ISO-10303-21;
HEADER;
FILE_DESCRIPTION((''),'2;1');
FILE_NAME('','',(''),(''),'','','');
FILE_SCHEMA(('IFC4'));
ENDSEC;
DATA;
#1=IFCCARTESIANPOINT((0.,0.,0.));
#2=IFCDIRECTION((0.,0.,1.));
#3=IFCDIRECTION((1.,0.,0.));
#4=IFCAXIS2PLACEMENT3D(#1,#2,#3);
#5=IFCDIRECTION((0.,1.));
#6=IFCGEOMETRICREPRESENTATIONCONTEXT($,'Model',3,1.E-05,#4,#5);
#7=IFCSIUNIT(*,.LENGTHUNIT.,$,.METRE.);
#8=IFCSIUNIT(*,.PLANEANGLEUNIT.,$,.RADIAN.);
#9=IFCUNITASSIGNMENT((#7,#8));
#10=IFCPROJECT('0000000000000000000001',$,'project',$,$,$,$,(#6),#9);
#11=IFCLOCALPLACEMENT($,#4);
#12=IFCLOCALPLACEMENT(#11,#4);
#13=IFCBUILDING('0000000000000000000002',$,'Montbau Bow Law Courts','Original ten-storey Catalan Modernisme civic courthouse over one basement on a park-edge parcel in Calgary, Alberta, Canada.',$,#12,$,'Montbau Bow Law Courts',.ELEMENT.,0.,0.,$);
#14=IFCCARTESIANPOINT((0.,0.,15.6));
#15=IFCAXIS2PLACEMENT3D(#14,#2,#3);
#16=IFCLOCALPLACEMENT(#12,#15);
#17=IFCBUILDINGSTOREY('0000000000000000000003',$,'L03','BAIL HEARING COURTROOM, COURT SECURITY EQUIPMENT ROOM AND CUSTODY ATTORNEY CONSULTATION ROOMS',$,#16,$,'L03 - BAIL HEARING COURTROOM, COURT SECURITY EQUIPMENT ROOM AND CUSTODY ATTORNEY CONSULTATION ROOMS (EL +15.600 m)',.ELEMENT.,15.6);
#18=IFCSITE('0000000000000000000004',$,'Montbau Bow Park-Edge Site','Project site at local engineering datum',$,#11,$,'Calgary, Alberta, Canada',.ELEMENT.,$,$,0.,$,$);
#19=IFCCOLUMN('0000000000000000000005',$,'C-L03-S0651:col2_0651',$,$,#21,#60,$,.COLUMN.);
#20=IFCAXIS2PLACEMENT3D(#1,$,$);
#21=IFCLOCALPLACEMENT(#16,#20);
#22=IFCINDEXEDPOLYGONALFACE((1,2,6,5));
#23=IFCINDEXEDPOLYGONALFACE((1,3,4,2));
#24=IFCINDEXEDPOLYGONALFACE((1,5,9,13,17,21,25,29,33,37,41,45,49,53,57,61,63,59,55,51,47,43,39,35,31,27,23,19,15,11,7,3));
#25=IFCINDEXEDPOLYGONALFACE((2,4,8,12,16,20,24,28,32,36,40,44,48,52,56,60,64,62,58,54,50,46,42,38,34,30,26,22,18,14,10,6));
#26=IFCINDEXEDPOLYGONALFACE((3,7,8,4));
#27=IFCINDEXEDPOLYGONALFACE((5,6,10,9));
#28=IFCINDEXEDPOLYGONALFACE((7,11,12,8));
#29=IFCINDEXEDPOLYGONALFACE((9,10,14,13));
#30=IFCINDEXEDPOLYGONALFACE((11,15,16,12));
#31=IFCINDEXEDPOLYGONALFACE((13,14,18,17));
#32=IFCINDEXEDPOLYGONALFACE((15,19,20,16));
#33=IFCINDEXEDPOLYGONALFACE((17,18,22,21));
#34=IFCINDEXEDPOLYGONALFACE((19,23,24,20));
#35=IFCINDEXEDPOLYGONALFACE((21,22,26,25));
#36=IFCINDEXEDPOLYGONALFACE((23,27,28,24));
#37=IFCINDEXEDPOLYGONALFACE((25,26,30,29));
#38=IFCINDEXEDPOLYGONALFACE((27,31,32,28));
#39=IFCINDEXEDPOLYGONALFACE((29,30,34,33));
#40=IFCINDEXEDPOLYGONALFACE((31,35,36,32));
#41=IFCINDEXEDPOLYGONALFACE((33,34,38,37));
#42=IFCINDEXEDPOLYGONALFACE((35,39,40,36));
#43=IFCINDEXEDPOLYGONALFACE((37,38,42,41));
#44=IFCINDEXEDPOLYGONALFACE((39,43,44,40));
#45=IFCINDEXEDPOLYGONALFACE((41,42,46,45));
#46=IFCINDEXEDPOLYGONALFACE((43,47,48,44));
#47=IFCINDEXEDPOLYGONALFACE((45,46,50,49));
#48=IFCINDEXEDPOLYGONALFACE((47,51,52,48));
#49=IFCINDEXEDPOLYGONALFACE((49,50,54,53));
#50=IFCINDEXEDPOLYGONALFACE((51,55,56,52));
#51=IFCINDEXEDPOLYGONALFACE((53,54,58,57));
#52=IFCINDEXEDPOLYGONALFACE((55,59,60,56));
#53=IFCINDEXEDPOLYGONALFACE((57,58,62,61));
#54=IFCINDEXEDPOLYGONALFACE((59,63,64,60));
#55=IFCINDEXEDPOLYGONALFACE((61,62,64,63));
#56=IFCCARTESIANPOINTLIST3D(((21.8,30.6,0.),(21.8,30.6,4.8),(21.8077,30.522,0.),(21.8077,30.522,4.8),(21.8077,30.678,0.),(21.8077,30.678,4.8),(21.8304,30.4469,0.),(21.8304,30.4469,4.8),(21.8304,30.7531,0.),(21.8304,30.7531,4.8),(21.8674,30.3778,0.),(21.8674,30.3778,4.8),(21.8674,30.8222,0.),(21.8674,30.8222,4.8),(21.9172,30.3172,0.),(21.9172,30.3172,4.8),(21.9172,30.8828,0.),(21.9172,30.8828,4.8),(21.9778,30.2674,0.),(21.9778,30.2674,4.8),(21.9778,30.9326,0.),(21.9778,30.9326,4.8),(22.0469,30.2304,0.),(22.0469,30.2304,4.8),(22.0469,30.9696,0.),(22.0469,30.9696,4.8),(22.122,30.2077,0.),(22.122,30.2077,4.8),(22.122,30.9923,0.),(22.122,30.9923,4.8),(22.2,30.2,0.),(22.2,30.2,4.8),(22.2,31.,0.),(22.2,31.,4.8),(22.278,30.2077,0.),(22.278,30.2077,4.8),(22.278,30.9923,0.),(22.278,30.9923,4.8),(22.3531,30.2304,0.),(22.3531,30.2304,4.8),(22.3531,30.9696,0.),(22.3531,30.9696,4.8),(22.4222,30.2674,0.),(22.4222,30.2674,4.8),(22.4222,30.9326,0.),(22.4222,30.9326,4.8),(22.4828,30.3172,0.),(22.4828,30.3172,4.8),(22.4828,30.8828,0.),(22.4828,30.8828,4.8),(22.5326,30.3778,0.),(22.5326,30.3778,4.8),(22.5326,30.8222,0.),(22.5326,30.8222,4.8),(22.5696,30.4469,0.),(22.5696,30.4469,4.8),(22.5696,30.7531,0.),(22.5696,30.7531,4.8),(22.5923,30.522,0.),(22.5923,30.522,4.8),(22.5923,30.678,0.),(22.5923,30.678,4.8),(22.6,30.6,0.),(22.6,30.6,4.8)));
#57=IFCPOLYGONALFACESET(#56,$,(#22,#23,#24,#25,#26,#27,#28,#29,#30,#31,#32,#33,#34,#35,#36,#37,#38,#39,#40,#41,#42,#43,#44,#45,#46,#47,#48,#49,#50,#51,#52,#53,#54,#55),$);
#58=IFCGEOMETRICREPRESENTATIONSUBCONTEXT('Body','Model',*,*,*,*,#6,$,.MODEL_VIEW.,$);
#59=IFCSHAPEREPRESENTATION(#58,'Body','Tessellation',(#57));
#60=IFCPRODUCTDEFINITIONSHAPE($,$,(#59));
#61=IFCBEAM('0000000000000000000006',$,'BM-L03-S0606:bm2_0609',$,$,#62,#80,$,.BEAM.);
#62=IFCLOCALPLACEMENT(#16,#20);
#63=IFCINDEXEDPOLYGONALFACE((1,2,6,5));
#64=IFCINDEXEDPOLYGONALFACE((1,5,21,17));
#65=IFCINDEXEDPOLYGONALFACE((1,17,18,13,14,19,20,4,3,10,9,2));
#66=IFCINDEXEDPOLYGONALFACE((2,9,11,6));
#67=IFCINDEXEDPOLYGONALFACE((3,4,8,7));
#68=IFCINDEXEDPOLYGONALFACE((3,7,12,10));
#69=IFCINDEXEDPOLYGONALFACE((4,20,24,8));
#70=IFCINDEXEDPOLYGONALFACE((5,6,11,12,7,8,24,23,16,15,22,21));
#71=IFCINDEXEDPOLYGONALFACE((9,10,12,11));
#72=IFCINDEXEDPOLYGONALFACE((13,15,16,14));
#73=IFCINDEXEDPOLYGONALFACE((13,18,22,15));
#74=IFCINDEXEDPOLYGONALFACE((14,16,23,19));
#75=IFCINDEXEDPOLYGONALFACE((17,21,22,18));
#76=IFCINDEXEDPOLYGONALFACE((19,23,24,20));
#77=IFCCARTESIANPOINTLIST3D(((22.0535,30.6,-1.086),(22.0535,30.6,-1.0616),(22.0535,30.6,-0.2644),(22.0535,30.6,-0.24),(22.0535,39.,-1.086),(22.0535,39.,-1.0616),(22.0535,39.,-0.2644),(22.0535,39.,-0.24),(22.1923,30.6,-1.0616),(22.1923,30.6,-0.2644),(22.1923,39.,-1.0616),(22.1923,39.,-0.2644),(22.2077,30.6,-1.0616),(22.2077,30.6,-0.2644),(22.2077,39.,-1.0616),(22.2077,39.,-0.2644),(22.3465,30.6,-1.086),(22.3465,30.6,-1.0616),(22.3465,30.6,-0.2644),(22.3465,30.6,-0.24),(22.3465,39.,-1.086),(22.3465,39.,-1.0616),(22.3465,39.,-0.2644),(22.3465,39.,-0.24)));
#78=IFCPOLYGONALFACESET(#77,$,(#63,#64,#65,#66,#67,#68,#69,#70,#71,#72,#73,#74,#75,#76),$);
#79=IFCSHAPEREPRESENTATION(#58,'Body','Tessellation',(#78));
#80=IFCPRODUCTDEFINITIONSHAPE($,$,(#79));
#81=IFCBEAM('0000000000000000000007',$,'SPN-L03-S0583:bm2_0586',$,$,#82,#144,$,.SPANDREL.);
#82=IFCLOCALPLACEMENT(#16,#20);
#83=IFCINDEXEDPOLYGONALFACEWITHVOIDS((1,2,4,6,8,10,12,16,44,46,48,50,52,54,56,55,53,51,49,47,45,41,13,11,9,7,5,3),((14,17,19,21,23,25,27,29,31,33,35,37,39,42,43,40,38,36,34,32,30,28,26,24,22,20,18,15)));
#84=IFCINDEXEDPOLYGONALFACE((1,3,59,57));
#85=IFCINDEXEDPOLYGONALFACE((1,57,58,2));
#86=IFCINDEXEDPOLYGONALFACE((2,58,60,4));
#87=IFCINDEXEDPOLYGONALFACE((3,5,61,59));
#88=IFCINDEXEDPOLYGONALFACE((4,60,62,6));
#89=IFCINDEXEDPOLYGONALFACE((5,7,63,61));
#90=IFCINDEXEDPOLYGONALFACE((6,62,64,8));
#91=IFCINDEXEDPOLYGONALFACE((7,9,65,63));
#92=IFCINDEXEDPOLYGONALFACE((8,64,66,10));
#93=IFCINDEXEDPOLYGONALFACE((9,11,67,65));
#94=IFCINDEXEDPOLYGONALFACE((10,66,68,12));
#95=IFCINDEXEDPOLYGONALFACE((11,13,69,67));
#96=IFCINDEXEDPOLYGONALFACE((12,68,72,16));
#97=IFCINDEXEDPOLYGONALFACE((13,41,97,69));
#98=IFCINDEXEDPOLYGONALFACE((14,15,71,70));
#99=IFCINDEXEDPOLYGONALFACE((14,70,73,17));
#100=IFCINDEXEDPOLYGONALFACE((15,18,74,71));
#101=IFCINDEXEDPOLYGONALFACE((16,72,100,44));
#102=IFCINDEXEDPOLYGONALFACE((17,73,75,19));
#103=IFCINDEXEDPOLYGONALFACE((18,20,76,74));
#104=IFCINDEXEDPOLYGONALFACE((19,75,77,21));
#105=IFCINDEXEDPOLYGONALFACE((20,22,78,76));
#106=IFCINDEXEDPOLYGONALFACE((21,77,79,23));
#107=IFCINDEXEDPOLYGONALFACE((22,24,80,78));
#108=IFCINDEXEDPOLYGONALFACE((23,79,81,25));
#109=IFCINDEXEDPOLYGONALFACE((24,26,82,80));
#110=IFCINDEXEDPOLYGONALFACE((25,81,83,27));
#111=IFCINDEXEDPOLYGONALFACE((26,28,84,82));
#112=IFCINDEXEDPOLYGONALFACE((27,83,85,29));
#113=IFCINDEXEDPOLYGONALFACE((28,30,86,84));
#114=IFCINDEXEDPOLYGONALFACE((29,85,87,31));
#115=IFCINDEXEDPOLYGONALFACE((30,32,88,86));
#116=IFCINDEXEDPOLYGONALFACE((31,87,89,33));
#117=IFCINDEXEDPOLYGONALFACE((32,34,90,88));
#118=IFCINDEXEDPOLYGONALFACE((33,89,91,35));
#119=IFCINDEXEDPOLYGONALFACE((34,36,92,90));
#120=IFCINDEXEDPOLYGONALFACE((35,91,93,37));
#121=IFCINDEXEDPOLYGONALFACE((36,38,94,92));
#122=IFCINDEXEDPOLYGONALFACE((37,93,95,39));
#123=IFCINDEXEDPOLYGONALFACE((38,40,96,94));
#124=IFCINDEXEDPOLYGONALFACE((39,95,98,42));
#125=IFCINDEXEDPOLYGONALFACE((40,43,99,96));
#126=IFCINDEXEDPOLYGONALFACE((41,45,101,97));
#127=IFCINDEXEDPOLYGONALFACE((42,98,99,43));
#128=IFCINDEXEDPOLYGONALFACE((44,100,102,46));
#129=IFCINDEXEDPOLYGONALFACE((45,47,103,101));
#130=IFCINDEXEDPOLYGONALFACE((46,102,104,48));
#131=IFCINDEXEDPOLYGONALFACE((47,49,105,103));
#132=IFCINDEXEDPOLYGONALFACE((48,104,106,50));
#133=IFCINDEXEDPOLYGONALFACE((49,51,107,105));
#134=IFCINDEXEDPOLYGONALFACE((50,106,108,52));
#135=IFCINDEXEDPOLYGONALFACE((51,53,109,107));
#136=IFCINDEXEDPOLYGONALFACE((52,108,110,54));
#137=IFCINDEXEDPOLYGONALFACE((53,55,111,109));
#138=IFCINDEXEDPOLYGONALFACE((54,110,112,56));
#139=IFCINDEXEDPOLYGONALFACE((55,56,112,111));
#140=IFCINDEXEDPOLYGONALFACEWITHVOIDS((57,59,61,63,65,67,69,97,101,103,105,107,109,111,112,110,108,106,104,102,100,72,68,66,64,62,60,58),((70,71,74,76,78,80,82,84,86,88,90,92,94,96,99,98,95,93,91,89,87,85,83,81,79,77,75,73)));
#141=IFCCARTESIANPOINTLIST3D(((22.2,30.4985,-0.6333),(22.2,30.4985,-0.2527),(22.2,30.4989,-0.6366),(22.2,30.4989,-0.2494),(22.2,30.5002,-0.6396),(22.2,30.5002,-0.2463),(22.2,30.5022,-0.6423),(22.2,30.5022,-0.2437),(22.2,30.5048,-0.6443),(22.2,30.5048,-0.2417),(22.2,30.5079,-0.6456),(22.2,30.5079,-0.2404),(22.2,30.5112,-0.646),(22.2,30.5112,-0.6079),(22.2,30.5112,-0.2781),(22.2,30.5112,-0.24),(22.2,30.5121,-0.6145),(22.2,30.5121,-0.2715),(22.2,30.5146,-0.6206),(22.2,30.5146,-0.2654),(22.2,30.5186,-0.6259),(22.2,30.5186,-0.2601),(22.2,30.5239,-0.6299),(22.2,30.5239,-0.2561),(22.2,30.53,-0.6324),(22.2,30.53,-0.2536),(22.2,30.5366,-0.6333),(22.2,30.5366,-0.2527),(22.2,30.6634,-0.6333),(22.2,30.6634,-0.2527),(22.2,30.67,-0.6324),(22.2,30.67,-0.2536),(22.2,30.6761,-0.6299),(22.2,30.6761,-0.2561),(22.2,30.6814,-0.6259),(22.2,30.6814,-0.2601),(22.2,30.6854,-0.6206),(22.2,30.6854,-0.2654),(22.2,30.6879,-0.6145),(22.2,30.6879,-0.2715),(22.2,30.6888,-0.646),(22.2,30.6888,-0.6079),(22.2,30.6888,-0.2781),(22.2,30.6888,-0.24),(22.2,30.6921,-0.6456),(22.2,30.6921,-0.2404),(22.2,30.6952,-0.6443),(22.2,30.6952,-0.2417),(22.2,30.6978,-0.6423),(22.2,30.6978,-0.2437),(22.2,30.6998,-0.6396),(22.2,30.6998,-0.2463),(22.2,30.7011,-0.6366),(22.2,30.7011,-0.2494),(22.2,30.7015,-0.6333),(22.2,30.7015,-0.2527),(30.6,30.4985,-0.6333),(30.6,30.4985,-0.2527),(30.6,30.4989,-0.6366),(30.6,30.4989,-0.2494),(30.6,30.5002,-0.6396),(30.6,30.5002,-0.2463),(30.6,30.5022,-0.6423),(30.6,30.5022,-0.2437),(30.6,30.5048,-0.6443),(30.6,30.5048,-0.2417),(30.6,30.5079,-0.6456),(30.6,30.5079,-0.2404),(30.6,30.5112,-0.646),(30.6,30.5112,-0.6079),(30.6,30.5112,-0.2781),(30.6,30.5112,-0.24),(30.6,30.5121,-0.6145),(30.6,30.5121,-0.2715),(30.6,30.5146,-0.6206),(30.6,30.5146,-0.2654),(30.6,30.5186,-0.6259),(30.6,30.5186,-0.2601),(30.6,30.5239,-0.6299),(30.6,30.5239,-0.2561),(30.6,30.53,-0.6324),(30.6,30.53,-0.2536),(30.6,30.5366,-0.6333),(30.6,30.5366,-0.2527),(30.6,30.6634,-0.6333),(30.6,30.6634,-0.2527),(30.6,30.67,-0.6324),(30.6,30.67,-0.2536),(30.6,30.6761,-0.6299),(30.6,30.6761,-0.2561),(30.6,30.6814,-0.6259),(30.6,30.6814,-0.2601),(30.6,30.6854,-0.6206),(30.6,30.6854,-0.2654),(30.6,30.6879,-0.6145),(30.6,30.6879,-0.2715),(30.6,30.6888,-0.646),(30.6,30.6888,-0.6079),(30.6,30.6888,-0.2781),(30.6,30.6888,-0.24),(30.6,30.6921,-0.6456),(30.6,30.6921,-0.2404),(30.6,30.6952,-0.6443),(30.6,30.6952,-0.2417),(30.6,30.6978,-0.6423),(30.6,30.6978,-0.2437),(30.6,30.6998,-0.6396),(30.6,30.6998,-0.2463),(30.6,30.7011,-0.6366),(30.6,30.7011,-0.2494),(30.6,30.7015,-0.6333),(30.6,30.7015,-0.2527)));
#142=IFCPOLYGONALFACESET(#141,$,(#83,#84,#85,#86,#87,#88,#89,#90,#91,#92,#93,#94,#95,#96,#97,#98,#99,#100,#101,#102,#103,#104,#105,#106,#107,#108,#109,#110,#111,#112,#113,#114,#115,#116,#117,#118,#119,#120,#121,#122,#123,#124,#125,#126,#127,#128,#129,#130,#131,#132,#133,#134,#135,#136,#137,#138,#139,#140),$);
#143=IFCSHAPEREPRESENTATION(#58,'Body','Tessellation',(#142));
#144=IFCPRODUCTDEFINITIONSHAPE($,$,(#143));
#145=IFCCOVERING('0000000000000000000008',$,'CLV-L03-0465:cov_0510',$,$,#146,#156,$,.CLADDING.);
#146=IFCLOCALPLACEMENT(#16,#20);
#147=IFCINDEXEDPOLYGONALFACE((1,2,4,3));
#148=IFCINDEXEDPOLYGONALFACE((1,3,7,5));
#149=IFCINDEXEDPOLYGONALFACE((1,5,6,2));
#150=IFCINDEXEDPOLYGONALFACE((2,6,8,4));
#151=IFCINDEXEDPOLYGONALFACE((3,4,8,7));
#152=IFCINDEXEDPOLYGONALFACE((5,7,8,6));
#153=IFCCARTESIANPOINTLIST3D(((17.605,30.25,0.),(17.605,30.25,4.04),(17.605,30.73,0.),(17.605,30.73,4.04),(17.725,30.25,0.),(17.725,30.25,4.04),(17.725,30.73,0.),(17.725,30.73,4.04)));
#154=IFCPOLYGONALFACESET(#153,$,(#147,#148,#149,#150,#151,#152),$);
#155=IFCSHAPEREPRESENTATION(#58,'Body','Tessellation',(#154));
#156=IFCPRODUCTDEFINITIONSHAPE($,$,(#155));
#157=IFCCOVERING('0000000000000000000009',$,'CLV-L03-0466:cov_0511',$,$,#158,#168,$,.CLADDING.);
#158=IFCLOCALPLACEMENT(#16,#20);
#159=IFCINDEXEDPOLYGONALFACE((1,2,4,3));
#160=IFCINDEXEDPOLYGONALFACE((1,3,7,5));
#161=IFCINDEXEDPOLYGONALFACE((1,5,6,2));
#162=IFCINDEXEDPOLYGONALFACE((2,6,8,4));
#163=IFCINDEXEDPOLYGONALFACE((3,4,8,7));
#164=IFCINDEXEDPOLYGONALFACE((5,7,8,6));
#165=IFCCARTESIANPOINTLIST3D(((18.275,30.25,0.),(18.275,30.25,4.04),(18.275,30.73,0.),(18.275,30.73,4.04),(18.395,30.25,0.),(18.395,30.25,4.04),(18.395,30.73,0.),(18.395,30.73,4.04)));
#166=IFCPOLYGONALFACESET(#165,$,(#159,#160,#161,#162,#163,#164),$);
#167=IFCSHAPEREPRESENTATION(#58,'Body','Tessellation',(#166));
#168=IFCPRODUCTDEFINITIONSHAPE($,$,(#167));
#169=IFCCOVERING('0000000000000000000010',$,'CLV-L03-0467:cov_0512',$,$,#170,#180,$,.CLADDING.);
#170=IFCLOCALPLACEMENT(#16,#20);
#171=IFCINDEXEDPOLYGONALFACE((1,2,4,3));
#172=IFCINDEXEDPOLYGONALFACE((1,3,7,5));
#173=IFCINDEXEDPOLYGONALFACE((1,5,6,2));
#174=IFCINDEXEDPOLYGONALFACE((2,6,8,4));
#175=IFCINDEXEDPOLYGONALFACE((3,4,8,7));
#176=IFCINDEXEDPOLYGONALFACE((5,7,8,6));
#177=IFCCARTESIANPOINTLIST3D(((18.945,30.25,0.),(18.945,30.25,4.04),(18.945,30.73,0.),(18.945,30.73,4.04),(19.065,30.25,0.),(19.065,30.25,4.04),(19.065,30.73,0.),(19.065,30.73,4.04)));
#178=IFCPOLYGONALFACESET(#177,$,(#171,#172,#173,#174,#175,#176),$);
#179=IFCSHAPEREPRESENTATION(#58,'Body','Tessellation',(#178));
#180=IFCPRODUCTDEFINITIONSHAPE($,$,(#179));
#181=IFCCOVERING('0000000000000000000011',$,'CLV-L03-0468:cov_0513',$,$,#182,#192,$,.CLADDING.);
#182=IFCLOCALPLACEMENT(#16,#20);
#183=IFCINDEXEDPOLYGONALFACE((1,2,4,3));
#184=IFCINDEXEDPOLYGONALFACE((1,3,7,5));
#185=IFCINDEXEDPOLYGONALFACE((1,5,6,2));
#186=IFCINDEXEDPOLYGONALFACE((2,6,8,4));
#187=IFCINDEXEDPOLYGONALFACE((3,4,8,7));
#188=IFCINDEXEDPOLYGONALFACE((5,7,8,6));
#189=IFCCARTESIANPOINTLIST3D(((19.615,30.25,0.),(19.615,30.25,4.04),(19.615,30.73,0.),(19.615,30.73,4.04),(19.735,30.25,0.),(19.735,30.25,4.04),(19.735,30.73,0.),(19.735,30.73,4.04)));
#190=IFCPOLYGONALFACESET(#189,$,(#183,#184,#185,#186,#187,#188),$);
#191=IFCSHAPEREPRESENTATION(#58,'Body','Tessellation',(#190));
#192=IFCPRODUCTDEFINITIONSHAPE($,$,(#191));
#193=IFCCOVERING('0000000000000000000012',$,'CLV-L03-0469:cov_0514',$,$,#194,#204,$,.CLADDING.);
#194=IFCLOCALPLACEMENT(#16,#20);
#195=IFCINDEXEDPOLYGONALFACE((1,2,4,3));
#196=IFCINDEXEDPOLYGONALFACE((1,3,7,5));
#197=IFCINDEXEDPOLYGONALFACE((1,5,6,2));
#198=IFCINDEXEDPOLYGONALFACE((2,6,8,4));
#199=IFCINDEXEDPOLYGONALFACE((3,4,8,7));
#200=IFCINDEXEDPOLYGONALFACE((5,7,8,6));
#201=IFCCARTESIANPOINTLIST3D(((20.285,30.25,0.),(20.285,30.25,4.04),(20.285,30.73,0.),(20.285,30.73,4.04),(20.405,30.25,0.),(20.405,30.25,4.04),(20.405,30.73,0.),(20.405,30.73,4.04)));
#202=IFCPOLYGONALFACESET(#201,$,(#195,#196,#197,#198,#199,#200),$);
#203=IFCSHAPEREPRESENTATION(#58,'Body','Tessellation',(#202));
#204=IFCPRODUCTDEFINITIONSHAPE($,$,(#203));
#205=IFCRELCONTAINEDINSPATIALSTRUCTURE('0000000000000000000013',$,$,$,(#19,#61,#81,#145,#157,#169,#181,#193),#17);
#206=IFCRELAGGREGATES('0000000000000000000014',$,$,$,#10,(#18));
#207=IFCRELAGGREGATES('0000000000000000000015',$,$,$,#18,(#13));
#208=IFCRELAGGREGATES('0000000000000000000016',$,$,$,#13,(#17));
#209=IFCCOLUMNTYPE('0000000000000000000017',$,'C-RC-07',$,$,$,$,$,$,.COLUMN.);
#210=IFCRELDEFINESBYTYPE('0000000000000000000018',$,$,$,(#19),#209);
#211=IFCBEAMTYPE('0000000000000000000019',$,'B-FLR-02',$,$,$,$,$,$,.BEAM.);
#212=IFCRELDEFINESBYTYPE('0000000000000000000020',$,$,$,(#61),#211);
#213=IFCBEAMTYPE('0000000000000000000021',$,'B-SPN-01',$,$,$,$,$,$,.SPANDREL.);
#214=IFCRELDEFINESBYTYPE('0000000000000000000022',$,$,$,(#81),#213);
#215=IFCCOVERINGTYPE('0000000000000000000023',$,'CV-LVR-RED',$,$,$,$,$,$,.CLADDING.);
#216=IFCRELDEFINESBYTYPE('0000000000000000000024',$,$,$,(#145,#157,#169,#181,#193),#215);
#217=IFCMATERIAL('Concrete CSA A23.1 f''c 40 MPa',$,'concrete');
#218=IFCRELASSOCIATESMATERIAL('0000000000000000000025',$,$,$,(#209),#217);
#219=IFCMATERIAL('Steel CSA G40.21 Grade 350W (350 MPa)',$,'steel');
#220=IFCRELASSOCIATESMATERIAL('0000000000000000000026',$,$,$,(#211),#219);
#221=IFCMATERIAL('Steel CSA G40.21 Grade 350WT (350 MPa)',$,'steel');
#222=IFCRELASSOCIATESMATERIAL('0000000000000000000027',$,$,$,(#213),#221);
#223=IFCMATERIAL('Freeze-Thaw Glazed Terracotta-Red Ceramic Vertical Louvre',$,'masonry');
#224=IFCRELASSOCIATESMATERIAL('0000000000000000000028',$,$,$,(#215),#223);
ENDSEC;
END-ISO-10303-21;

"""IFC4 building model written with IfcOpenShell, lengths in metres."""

from ifc_helpers import new_model, si_unit, direction, frame, frame_2d, origin_with_axes, origin_2d_with_axis, place, context, subcontext, project, spatial, rectangle, hollow_rectangle, circle, i_section, extrude, material, material_profile, profile_set, type_object, element, save


model = new_model("IFC4")

# Units and contexts
model_context = context("Model", 3, precision=1e-05, world=origin_with_axes(), true_north=direction((0.0, 1.0)))
body_context = subcontext(model_context, "Body", "Model", "MODEL_VIEW")
ifc_project = project(units=[si_unit("LENGTHUNIT", "METRE"), si_unit("PLANEANGLEUNIT", "RADIAN")], contexts=[model_context])

# Site, building, storey
site_placement = place(None, origin_with_axes())
site = spatial("IfcSite", under=ifc_project, at=site_placement, Name="Montbau Bow Park-Edge Site", Description="Project site at local engineering datum", LongName="Calgary, Alberta, Canada", CompositionType="ELEMENT", RefElevation=0.0)
building_placement = place(site_placement, origin_with_axes())
building = spatial("IfcBuilding", under=site, at=building_placement, Name="Montbau Bow Law Courts", Description="Original ten-storey Catalan Modernisme civic courthouse over one basement on a park-edge parcel in Calgary, Alberta, Canada.", LongName="Montbau Bow Law Courts", CompositionType="ELEMENT", ElevationOfRefHeight=0.0, ElevationOfTerrain=0.0)
storey_placement = place(building_placement, frame((0.0, 0.0, 15.6), z_axis=(0.0, 0.0, 1.0), x_axis=(1.0, 0.0, 0.0)))
storey = spatial("IfcBuildingStorey", under=building, at=storey_placement, Name="L03", Description="BAIL HEARING COURTROOM, COURT SECURITY EQUIPMENT ROOM AND CUSTODY ATTORNEY CONSULTATION ROOMS", LongName="L03 - BAIL HEARING COURTROOM, COURT SECURITY EQUIPMENT ROOM AND CUSTODY ATTORNEY CONSULTATION ROOMS (EL +15.600 m)", CompositionType="ELEMENT", Elevation=15.6)

# Column
ifc_material_1 = material(Name="Concrete CSA A23.1 f'c 40 MPa", Category="concrete")
ifc_material_profile_1 = material_profile(ifc_material_1, circle(Radius=0.4, at=origin_2d_with_axis()), Name="RC800D", Category="Main", Priority=0)
ifc_profile_set_1 = profile_set([ifc_material_profile_1], Name="Concrete CSA A23.1 f'c 40 MPa")
column_type = type_object("IfcColumnType", Name="C-RC-07", PredefinedType="COLUMN", material=ifc_profile_set_1)
column_placement = place(None, frame((22.2, 30.6, 15.6), z_axis=(0.0, 0.0, 1.0), x_axis=(1.0, 0.0, 0.0)))
element("IfcColumn", 1, at=column_placement, inside=storey, type_object=column_type, Name="C-L03-S0651:col2_0651", PredefinedType="COLUMN", context=body_context, shape_type="SweptSolid", body=[
    extrude(circle(Radius=0.4, at=origin_2d_with_axis()), origin_with_axes(), (0.0, 0.0, 1.0), 4.8),
])

# Beams
ifc_material_2 = material(Name="Steel CSA G40.21 Grade 350W (350 MPa)", Category="steel")
ifc_material_profile_2 = material_profile(ifc_material_2, i_section(OverallWidth=0.293, OverallDepth=0.846, WebThickness=0.0154, FlangeThickness=0.0244, at=origin_2d_with_axis()), Name="W840X210", Category="Main", Priority=0)
ifc_profile_set_2 = profile_set([ifc_material_profile_2], Name="Steel CSA G40.21 Grade 350W (350 MPa)")
beam_type_1 = type_object("IfcBeamType", Name="B-FLR-02", PredefinedType="BEAM", material=ifc_profile_set_2)
beam_1_placement = place(None, frame((22.2, 30.6, 14.937), z_axis=(0.0, 1.0, 0.0), x_axis=(-1.0, 0.0, 0.0)))
element("IfcBeam", 2, at=beam_1_placement, inside=storey, type_object=beam_type_1, Name="BM-L03-S0606:bm2_0609", PredefinedType="BEAM", context=body_context, shape_type="SweptSolid", body=[
    extrude(i_section(OverallWidth=0.293, OverallDepth=0.846, WebThickness=0.0154, FlangeThickness=0.0244, at=origin_2d_with_axis()), origin_with_axes(), (0.0, 0.0, 1.0), 8.4),
])
ifc_material_3 = material(Name="Steel CSA G40.21 Grade 350WT (350 MPa)", Category="steel")
ifc_material_profile_3 = material_profile(ifc_material_3, hollow_rectangle(XDim=0.203, YDim=0.406, WallThickness=0.0127, InnerFilletRadius=0.0254, OuterFilletRadius=0.0127, at=origin_2d_with_axis()), Name="HSS406X203X13", Category="Main", Priority=0)
ifc_profile_set_3 = profile_set([ifc_material_profile_3], Name="Steel CSA G40.21 Grade 350WT (350 MPa)")
beam_type_2 = type_object("IfcBeamType", Name="B-SPN-01", PredefinedType="SPANDREL", material=ifc_profile_set_3)
beam_2_placement = place(None, frame((22.2, 30.6, 15.157), z_axis=(1.0, 0.0, 0.0), x_axis=(0.0, 1.0, 0.0)))
element("IfcBeam", 3, at=beam_2_placement, inside=storey, type_object=beam_type_2, Name="SPN-L03-S0583:bm2_0586", PredefinedType="SPANDREL", context=body_context, shape_type="SweptSolid", body=[
    extrude(hollow_rectangle(XDim=0.203, YDim=0.406, WallThickness=0.0127, InnerFilletRadius=0.0254, OuterFilletRadius=0.0127, at=origin_2d_with_axis()), origin_with_axes(), (0.0, 0.0, 1.0), 8.4),
])

# Coverings
ifc_material_4 = material(Name="Freeze-Thaw Glazed Terracotta-Red Ceramic Vertical Louvre", Category="masonry")
covering_type = type_object("IfcCoveringType", Name="CV-LVR-RED", PredefinedType="CLADDING", material=ifc_material_4)
for number, where, z_axis, x_axis, name in (
    (4, (17.665, 30.73, 15.6), (-1.0, 0.0, 0.0), (0.0, -1.0, 0.0), "CLV-L03-0465:cov_0510"),
    (5, (18.335, 30.73, 15.6), (-1.0, 0.0, 0.0), (0.0, -1.0, 0.0), "CLV-L03-0466:cov_0511"),
    (6, (19.005, 30.73, 15.6), (-1.0, 0.0, 0.0), (0.0, -1.0, 0.0), "CLV-L03-0467:cov_0512"),
    (7, (19.675, 30.73, 15.6), (-1.0, 0.0, 0.0), (0.0, -1.0, 0.0), "CLV-L03-0468:cov_0513"),
    (8, (20.345, 30.73, 15.6), (-1.0, 0.0, 0.0), (0.0, -1.0, 0.0), "CLV-L03-0469:cov_0514"),
):
    element("IfcCovering", number, at=place(None, frame(where, z_axis=z_axis, x_axis=x_axis)), inside=storey, type_object=covering_type, Name=name, PredefinedType="CLADDING", context=body_context, shape_type="SweptSolid", body=[
        extrude(rectangle(XDim=0.48, YDim=4.04, at=frame_2d((0.24, 2.02), x_axis=(1.0, 0.0))), frame((0.0, 0.0, -0.06), z_axis=(0.0, 0.0, 1.0), x_axis=(1.0, 0.0, 0.0)), (0.0, 0.0, 1.0), 0.12),
    ])

save(model, "model.ifc")
